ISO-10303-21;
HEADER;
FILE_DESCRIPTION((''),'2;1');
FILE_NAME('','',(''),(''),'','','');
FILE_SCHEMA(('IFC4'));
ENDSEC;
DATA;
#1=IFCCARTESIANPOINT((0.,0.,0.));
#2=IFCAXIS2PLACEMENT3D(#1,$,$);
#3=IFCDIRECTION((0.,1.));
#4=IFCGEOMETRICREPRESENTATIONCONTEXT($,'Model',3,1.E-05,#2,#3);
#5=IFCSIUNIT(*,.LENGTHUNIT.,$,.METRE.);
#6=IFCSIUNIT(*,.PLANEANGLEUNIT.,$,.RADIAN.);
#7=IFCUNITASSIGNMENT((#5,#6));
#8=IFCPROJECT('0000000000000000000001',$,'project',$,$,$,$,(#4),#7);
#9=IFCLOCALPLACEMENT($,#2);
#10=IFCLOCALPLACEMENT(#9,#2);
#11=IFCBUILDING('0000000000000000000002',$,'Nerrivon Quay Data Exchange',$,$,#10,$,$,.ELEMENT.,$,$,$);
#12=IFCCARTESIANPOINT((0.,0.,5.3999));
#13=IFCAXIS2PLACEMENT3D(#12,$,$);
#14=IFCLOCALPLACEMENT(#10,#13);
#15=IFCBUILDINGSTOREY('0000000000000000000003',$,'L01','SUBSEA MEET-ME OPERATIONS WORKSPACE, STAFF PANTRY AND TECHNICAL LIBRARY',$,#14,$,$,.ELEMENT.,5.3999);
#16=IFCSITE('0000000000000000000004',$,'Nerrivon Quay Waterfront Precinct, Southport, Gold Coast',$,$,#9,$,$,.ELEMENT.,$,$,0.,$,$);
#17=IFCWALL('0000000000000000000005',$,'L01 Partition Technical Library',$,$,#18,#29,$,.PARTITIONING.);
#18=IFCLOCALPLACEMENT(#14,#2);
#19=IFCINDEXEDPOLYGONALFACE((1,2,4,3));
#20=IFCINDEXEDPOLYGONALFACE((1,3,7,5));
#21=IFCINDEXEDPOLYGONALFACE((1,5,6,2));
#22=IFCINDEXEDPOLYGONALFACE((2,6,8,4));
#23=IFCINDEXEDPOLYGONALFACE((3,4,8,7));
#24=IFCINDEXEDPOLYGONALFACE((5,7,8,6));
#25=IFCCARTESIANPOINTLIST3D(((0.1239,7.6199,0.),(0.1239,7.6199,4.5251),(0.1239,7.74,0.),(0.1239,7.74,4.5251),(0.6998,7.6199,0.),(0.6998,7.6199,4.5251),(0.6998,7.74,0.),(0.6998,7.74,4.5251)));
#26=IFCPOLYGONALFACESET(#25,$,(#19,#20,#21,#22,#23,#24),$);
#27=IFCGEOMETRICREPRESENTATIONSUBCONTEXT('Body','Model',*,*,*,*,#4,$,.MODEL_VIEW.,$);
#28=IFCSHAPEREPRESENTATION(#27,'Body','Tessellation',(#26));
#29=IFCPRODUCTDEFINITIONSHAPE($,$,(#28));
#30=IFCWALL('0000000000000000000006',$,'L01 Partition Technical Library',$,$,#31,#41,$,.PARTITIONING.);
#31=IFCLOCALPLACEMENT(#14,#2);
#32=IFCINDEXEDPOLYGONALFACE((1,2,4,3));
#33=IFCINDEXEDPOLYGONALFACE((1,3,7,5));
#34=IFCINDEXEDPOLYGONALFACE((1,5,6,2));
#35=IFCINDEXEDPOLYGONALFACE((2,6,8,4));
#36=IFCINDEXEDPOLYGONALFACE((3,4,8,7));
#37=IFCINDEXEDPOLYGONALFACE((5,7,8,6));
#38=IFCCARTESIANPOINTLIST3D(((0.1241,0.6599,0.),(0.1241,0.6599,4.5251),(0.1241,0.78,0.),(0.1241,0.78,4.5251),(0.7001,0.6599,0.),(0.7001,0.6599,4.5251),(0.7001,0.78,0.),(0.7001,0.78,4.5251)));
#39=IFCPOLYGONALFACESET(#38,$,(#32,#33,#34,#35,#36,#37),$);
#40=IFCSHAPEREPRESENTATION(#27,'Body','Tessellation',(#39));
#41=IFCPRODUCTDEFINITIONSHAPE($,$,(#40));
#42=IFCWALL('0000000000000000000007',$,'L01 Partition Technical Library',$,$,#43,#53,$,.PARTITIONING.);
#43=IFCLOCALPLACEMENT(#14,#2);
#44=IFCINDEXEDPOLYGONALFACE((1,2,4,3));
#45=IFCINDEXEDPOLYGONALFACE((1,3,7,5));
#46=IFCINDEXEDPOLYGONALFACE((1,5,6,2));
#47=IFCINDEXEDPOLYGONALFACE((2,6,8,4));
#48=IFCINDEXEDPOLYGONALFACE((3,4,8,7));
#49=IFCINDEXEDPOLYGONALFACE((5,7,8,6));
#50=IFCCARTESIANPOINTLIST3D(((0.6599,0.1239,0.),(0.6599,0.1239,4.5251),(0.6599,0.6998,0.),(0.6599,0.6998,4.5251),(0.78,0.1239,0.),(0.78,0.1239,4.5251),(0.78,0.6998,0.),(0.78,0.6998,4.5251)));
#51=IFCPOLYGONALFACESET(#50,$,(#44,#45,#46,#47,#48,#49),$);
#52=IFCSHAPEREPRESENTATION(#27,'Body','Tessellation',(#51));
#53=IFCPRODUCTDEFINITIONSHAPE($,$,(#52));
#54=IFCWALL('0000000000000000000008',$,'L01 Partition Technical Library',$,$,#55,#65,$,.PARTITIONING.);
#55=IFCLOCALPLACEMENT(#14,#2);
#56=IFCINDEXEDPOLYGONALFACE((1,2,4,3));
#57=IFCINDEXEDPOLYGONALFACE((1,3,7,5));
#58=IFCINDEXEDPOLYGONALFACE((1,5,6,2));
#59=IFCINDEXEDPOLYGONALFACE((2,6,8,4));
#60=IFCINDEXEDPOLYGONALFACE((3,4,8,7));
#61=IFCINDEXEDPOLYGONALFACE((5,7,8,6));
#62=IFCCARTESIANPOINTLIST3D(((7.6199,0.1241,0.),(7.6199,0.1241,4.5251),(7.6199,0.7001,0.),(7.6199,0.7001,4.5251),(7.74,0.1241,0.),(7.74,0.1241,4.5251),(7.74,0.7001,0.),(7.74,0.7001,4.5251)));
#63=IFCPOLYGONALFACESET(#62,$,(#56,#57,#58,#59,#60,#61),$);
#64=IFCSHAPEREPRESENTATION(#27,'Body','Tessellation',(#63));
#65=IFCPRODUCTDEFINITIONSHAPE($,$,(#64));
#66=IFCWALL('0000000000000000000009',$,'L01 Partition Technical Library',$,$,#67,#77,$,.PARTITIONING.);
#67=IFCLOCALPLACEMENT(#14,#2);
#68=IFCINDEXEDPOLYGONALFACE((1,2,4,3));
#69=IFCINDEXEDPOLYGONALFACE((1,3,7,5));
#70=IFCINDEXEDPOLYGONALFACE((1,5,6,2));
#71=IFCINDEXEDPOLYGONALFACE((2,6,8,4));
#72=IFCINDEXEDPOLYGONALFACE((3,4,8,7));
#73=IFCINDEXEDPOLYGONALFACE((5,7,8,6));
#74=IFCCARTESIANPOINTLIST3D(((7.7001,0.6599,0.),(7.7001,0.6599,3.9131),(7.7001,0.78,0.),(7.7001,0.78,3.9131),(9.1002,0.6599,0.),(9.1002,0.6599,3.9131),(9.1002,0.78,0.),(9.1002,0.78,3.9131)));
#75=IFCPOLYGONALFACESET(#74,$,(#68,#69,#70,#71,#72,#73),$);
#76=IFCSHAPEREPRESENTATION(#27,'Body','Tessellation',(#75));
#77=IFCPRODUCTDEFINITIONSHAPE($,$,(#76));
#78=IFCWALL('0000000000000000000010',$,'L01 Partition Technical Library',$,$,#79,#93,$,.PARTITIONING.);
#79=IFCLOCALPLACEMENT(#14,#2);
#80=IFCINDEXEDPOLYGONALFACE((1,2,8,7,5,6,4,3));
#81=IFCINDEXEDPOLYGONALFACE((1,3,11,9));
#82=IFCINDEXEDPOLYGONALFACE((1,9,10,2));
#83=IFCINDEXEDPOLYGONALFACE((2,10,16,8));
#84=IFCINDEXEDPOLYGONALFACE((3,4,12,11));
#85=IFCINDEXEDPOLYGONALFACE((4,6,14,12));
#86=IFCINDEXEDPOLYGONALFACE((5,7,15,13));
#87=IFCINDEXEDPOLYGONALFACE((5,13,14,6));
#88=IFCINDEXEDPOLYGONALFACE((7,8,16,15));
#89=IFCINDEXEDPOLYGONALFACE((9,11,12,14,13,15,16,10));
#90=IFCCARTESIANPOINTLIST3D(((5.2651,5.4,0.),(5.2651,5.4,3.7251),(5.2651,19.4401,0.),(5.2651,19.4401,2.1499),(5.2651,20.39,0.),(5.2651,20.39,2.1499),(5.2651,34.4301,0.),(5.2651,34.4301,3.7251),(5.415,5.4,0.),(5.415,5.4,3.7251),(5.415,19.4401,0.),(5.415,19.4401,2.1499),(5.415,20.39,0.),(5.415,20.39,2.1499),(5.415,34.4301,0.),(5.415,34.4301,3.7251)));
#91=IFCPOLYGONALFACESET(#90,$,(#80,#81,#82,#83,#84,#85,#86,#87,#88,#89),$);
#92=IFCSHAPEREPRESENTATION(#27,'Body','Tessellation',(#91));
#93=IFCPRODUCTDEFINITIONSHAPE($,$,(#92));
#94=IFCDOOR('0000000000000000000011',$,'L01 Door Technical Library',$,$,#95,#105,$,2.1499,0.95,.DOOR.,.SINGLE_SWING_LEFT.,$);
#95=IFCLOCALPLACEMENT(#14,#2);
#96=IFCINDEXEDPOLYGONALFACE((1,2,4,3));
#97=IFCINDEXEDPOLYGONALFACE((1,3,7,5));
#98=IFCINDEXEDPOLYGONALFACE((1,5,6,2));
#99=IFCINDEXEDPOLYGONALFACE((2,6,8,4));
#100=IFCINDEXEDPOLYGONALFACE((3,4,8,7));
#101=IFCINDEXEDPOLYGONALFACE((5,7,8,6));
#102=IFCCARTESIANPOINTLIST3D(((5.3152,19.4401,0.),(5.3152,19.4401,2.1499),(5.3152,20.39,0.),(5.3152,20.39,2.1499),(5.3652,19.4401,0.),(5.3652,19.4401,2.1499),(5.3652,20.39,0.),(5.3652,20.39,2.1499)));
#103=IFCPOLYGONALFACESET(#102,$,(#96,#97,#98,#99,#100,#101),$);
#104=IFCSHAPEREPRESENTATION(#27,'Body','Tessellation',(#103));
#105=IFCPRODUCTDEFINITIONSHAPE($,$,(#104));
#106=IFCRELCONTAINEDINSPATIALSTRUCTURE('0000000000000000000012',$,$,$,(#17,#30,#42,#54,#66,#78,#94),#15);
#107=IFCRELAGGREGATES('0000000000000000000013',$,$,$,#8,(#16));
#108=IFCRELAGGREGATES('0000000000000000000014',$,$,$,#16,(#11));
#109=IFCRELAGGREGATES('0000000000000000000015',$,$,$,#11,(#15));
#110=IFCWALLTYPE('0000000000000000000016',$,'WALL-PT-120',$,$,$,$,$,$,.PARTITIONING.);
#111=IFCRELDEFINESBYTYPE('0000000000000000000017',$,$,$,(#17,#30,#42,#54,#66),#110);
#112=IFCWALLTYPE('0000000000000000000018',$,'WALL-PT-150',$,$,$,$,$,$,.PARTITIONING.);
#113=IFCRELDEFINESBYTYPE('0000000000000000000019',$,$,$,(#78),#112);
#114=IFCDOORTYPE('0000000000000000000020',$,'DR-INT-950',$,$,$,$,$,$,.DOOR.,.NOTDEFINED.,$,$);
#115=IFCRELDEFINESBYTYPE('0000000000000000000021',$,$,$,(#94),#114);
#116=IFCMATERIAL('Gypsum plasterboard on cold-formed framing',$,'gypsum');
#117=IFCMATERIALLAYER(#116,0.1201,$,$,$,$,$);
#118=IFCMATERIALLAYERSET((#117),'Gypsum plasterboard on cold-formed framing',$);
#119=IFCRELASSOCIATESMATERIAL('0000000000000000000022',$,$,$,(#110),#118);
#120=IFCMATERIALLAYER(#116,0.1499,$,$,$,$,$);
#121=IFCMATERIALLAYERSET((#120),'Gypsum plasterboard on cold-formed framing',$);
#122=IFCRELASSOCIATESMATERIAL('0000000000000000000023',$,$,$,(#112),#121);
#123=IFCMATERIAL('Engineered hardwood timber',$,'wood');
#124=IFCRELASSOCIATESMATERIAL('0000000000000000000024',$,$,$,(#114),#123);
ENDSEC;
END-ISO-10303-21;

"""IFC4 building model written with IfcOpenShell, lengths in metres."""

from ifc_helpers import new_model, si_unit, direction, frame, frame_2d, origin, place, context, subcontext, project, spatial, rectangle, extrude, material, layer, layer_set, type_object, element, fill, save


model = new_model("IFC4")

# Units and contexts
model_context = context("Model", 3, precision=1e-05, world=origin(), true_north=direction((0.0, 1.0)))
body_context = subcontext(model_context, "Body", "Model", "MODEL_VIEW")
ifc_project = project(units=[si_unit("LENGTHUNIT", "METRE"), si_unit("PLANEANGLEUNIT", "RADIAN")], contexts=[model_context])

# Site, building, storey
site_placement = place(None, origin())
site = spatial("IfcSite", under=ifc_project, at=site_placement, Name="Nerrivon Quay Waterfront Precinct, Southport, Gold Coast", CompositionType="ELEMENT", RefElevation=0.0)
building_placement = place(site_placement, origin())
building = spatial("IfcBuilding", under=site, at=building_placement, Name="Nerrivon Quay Data Exchange", CompositionType="ELEMENT")
storey_placement = place(building_placement, frame((0.0, 0.0, 5.3999)))
storey = spatial("IfcBuildingStorey", under=building, at=storey_placement, Name="L01", Description="SUBSEA MEET-ME OPERATIONS WORKSPACE, STAFF PANTRY AND TECHNICAL LIBRARY", CompositionType="ELEMENT", Elevation=5.3999)

# Walls
ifc_material_1 = material(Name="Gypsum plasterboard on cold-formed framing", Category="gypsum")
ifc_layer_1 = layer(ifc_material_1, 0.1201)
ifc_layer_set_1 = layer_set([ifc_layer_1], Name="Gypsum plasterboard on cold-formed framing")
wall_type_1 = type_object("IfcWallType", Name="WALL-PT-120", PredefinedType="PARTITIONING", material=ifc_layer_set_1)
for number, where, z_axis, x_axis, name in (
    (1, (0.7, 7.6799, 0.0), (0.0, 0.0, 1.0), (-1.0, 0.0, 0.0), "L01 Partition Technical Library"),
    (2, (0.124, 0.72, 0.0), (0.0, 0.0, 1.0), (1.0, 0.0, 0.0), "L01 Partition Technical Library"),
    (3, (0.72, 0.7, 0.0), (0.0, 0.0, 1.0), (0.0, -1.0, 0.0), "L01 Partition Technical Library"),
    (4, (7.6799, 0.124, 0.0), (0.0, 0.0, 1.0), (0.0, 1.0, 0.0), "L01 Partition Technical Library"),
):
    element("IfcWall", number, at=place(storey_placement, frame(where, z_axis=z_axis, x_axis=x_axis)), inside=storey, type_object=wall_type_1, Name=name, PredefinedType="PARTITIONING", context=body_context, shape_type="SweptSolid", body=[
        extrude(rectangle(XDim=0.5759, YDim=0.1201, at=frame_2d((0.2881, 0.0))), origin(), (0.0, 0.0, 1.0), 4.5251),
    ])
wall_1_placement = place(storey_placement, frame((7.7, 0.72, 0.0), z_axis=(0.0, 0.0, 1.0), x_axis=(1.0, 0.0, 0.0)))
element("IfcWall", 5, at=wall_1_placement, inside=storey, type_object=wall_type_1, Name="L01 Partition Technical Library", PredefinedType="PARTITIONING", context=body_context, shape_type="SweptSolid", body=[
    extrude(rectangle(XDim=1.4001, YDim=0.1201, at=frame_2d((0.7002, 0.0))), origin(), (0.0, 0.0, 1.0), 3.9131),
])

# Wall, opening, door
ifc_layer_2 = layer(ifc_material_1, 0.1499)
ifc_layer_set_2 = layer_set([ifc_layer_2], Name="Gypsum plasterboard on cold-formed framing")
wall_type_2 = type_object("IfcWallType", Name="WALL-PT-150", PredefinedType="PARTITIONING", material=ifc_layer_set_2)
wall_2_placement = place(storey_placement, frame((5.3401, 5.3999, 0.0), z_axis=(0.0, 0.0, 1.0), x_axis=(0.0, 1.0, 0.0)))
wall_2 = element("IfcWall", 6, at=wall_2_placement, inside=storey, type_object=wall_type_2, Name="L01 Partition Technical Library", PredefinedType="PARTITIONING", context=body_context, shape_type="SweptSolid", body=[
    extrude(rectangle(XDim=29.03, YDim=0.1499, at=frame_2d((14.5151, 0.0))), origin(), (0.0, 0.0, 1.0), 3.7251),
])
opening_1_placement = place(wall_2_placement, frame((14.04, 0.0, 0.0)))
opening_1 = element("IfcOpeningElement", 7, at=opening_1_placement, cuts=wall_2, PredefinedType="OPENING", context=body_context, shape_type="SweptSolid", body=[
    extrude(rectangle(XDim=0.95, YDim=2.1499, at=frame_2d((0.4751, 1.075))), frame((0.0, 0.085, 0.0), z_axis=(0.0, -1.0, 0.0), x_axis=(1.0, 0.0, 0.0)), (0.0, 0.0, 1.0), 0.1699),
])
ifc_material_2 = material(Name="Engineered hardwood timber", Category="wood")
door_type = type_object("IfcDoorType", Name="DR-INT-950", OperationType="NOTDEFINED", PredefinedType="DOOR", material=ifc_material_2)
door_placement = place(opening_1_placement, origin())
door = element("IfcDoor", 8, at=door_placement, inside=storey, type_object=door_type, Name="L01 Door Technical Library", OperationType="SINGLE_SWING_LEFT", OverallHeight=2.1499, OverallWidth=0.95, PredefinedType="DOOR", context=body_context, shape_type="SweptSolid", body=[
    extrude(rectangle(XDim=0.95, YDim=2.1499, at=frame_2d((0.4751, 1.075))), frame((0.0, 0.0249, 0.0), z_axis=(0.0, -1.0, 0.0), x_axis=(1.0, 0.0, 0.0)), (0.0, 0.0, 1.0), 0.05),
])
fill(opening_1, door)

save(model, "model.ifc")
